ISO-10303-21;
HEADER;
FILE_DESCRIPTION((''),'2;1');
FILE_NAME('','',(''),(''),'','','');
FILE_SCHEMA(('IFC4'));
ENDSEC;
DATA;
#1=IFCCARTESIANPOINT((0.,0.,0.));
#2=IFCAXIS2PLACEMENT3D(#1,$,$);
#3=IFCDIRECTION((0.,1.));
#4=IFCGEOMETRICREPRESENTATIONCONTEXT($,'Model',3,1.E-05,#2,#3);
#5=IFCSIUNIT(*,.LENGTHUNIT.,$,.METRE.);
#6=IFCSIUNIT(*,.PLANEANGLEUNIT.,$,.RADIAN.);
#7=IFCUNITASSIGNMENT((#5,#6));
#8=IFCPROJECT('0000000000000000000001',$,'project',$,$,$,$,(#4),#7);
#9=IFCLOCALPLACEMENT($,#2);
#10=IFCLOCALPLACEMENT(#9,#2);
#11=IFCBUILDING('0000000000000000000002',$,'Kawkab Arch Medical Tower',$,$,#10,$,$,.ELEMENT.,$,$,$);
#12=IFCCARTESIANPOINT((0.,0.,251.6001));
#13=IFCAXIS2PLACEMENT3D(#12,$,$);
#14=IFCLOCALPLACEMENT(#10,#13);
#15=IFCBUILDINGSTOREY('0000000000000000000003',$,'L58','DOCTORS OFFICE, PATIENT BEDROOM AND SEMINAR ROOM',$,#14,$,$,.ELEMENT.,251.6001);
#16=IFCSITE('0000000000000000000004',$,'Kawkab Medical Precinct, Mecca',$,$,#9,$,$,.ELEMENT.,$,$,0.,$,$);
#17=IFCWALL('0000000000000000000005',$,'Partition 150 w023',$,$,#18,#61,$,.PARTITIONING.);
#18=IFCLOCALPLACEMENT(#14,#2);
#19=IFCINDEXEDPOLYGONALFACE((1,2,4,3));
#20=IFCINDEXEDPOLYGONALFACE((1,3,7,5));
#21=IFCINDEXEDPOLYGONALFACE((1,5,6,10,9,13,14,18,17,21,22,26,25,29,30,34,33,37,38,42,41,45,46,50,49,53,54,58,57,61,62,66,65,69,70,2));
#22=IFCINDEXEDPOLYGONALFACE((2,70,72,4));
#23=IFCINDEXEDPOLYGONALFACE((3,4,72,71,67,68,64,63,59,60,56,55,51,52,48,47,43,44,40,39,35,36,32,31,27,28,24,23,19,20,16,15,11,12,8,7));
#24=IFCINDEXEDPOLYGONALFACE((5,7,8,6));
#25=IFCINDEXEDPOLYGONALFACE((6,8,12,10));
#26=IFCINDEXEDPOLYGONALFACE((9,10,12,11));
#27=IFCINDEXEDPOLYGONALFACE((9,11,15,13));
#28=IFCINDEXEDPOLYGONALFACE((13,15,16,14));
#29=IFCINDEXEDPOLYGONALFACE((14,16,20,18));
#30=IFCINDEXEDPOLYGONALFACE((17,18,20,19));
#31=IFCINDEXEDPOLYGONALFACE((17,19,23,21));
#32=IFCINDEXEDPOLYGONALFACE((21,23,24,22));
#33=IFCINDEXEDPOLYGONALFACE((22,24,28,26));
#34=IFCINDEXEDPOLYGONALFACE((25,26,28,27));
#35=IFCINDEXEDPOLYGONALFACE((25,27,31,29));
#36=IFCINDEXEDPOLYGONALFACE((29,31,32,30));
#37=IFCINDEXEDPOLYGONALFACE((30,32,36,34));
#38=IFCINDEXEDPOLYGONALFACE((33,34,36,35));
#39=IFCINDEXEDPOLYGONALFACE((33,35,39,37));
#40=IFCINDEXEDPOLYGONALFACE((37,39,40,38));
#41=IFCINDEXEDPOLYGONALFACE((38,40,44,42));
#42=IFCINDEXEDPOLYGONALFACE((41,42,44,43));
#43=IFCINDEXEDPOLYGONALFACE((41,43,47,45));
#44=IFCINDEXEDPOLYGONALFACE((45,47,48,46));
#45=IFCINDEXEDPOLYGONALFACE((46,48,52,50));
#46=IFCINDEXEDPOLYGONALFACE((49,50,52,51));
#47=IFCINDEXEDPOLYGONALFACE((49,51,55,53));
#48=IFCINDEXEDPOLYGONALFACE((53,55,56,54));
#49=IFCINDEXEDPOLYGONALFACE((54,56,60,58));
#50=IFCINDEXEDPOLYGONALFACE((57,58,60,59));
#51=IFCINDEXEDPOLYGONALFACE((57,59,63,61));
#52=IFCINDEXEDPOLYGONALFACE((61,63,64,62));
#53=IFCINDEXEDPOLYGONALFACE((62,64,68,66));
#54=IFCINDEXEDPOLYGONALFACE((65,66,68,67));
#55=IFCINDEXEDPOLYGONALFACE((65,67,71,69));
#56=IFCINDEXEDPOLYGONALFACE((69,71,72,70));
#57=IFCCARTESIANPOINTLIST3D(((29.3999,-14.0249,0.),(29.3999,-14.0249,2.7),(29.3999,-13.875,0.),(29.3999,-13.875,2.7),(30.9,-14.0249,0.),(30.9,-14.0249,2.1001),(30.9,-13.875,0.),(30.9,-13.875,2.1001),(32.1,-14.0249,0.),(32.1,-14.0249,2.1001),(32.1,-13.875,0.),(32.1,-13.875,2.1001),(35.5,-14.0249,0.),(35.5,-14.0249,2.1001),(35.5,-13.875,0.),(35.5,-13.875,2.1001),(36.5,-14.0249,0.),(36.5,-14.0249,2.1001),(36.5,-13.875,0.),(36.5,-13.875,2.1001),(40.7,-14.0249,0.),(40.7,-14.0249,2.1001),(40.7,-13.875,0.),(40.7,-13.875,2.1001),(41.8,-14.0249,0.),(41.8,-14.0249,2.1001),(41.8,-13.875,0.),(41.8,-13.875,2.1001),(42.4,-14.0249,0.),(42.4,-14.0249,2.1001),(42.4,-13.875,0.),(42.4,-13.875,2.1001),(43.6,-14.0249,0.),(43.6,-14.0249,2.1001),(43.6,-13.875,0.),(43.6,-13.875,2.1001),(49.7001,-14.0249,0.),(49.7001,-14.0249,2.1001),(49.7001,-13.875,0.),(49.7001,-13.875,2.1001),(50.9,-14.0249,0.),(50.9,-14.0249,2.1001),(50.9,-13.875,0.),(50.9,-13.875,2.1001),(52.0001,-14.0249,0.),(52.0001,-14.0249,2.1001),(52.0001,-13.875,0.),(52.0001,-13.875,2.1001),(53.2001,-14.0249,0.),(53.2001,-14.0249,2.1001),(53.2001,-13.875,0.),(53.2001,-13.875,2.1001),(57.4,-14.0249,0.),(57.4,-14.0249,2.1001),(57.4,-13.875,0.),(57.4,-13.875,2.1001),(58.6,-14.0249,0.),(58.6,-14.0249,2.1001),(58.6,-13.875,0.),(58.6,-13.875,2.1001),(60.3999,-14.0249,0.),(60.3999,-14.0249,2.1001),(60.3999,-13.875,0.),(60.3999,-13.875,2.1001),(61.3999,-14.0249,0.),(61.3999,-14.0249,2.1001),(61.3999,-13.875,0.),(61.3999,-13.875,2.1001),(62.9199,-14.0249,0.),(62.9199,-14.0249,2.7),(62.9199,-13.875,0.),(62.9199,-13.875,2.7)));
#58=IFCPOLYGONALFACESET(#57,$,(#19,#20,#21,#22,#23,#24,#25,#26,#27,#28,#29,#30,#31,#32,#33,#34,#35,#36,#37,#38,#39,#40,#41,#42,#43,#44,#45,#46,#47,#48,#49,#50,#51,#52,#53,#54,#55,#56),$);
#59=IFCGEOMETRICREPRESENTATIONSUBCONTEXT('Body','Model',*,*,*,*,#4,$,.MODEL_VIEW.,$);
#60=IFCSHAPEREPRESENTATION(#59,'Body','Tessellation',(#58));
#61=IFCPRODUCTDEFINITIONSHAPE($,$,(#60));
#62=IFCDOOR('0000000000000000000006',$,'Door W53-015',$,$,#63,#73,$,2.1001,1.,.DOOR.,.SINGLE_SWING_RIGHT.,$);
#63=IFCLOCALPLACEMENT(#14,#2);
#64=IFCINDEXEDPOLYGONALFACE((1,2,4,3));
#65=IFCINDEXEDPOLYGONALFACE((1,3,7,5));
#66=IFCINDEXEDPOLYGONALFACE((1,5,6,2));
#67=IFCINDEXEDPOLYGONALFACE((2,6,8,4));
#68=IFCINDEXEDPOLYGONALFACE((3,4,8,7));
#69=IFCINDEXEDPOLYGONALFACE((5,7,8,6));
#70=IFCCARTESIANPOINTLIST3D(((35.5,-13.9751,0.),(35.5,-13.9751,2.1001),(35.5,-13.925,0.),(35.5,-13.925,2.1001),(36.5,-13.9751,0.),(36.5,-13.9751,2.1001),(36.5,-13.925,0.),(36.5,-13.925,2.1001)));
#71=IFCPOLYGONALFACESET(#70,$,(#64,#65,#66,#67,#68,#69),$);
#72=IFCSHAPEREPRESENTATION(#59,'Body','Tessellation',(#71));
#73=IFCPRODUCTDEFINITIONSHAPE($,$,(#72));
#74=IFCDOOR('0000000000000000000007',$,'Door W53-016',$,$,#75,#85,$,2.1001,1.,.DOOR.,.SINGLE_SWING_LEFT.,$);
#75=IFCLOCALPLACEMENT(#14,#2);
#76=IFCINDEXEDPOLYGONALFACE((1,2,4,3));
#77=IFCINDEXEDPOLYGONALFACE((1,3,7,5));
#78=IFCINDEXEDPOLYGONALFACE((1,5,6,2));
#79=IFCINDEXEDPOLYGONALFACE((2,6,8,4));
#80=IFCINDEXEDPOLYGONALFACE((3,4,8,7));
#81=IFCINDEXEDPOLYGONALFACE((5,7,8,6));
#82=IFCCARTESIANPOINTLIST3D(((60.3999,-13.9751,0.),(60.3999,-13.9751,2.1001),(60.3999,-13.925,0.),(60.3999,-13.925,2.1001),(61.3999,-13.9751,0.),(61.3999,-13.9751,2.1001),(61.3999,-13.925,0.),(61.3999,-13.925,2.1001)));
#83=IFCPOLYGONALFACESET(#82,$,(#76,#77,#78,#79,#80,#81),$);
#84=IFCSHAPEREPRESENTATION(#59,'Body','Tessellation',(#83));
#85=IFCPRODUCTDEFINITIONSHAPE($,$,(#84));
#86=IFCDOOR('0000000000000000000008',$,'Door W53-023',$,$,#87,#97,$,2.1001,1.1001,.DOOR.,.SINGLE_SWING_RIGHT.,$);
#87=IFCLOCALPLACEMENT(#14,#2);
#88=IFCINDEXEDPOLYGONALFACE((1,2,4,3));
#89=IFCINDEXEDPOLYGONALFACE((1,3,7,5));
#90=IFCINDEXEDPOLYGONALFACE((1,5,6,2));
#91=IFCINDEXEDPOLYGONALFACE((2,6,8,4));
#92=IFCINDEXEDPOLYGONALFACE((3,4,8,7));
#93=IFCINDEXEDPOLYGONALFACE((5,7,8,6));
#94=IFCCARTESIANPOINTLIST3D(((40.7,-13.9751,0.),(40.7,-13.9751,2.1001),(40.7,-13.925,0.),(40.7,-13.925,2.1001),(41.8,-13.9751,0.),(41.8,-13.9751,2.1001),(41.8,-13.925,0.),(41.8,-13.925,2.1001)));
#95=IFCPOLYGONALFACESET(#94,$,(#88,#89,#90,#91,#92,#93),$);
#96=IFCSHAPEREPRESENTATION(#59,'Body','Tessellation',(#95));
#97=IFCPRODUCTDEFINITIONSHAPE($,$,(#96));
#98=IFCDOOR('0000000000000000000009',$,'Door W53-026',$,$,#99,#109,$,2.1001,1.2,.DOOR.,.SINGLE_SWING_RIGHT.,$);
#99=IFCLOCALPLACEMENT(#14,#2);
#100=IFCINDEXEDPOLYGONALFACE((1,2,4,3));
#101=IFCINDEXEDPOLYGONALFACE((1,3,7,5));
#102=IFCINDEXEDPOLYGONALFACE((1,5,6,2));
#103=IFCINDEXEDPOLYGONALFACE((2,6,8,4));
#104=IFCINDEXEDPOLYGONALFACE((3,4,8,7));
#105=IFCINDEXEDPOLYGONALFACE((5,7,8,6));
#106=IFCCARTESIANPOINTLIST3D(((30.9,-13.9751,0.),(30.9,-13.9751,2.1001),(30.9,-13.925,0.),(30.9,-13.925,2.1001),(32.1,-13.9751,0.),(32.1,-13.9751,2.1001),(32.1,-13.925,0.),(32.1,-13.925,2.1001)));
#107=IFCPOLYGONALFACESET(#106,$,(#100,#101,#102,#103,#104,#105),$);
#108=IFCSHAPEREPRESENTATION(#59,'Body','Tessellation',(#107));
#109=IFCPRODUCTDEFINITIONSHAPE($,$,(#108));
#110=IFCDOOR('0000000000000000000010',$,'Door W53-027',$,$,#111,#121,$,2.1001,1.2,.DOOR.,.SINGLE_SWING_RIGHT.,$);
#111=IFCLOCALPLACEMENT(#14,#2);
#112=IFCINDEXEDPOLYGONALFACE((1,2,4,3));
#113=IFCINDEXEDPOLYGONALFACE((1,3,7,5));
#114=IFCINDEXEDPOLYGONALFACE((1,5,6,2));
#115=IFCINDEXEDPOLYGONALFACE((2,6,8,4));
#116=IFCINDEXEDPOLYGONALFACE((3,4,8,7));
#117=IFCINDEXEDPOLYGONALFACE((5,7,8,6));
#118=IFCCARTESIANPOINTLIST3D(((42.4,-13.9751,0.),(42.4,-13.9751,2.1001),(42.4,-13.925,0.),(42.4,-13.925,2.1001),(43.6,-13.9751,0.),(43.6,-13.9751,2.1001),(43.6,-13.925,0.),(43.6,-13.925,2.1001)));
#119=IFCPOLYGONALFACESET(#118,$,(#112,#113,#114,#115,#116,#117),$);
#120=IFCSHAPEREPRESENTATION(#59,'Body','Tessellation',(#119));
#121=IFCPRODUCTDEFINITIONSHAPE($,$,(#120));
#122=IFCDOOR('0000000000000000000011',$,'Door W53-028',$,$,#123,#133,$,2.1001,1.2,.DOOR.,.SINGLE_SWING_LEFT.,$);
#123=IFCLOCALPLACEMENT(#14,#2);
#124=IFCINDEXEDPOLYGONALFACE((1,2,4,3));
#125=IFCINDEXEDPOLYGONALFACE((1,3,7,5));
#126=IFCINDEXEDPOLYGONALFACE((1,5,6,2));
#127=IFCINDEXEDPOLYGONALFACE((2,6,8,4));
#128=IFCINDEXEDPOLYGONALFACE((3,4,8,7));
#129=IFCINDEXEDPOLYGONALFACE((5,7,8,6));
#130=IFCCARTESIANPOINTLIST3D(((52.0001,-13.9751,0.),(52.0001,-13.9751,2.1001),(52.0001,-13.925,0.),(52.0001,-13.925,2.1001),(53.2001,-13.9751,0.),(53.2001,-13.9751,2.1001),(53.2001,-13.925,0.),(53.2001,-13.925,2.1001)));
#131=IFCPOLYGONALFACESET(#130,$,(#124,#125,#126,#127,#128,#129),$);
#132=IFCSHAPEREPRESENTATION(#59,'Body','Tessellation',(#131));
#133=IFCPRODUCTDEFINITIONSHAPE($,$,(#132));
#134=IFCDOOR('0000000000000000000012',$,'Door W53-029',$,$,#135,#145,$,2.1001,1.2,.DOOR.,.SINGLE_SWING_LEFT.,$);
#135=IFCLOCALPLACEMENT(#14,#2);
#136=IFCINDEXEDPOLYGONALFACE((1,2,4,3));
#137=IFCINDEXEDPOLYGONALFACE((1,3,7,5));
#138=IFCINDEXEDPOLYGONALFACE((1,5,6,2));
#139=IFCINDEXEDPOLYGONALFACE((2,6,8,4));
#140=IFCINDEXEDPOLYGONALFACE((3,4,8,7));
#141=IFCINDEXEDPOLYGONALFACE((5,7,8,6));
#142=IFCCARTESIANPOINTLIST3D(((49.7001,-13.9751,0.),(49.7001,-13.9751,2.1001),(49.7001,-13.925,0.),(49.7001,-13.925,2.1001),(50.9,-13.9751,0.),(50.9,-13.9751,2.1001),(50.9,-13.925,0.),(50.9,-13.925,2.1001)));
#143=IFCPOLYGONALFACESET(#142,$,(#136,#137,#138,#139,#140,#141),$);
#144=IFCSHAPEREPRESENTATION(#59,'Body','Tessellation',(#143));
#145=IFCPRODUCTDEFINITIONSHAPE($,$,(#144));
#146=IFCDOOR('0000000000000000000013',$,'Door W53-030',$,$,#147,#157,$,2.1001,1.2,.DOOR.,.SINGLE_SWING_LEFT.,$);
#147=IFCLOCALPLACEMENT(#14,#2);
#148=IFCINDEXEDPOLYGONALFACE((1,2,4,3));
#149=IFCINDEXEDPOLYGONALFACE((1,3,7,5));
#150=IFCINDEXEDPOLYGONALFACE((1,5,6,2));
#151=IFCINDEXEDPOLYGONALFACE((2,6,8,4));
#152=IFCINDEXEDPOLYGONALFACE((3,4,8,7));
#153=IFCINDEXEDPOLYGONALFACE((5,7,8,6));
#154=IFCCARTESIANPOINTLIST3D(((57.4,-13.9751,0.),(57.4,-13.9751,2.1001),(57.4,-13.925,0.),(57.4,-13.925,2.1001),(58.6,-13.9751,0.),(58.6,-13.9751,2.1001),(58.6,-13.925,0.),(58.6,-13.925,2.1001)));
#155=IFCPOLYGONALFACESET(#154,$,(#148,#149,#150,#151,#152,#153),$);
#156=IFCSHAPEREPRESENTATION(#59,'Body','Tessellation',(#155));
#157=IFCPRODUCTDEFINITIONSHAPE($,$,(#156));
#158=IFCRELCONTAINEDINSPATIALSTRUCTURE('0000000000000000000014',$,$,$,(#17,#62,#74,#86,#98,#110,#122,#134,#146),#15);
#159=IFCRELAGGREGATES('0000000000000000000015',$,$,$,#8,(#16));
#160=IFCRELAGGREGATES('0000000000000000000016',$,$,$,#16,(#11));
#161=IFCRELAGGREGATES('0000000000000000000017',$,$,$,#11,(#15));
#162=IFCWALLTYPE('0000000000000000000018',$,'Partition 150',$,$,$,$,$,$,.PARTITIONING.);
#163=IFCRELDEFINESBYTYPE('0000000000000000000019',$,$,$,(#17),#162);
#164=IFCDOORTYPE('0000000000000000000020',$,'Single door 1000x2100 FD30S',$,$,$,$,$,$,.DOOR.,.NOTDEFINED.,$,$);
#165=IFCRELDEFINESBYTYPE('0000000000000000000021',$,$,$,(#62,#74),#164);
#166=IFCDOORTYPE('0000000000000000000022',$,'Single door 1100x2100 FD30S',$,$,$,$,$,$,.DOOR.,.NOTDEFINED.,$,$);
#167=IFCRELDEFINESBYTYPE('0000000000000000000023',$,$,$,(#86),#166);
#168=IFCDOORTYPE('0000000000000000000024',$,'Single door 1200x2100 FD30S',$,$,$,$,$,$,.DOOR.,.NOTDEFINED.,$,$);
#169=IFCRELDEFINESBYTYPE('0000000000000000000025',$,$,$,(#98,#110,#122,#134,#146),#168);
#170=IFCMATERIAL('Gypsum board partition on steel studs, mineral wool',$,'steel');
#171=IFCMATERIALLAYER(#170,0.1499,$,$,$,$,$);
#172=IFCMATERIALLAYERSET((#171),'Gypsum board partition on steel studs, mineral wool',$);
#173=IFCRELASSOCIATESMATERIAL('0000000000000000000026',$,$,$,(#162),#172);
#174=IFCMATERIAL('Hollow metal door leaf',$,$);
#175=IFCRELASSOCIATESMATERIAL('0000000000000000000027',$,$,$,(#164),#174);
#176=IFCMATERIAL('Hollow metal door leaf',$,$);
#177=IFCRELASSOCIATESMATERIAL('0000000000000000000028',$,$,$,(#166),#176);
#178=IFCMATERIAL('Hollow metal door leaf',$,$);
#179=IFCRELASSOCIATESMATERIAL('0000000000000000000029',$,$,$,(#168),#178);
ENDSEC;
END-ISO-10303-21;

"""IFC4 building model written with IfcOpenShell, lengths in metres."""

from ifc_helpers import new_model, si_unit, direction, frame, frame_2d, origin, place, context, subcontext, project, spatial, rectangle, extrude, material, layer, layer_set, type_object, element, fill, save


model = new_model("IFC4")

# Units and contexts
model_context = context("Model", 3, precision=1e-05, world=origin(), true_north=direction((0.0, 1.0)))
body_context = subcontext(model_context, "Body", "Model", "MODEL_VIEW")
ifc_project = project(units=[si_unit("LENGTHUNIT", "METRE"), si_unit("PLANEANGLEUNIT", "RADIAN")], contexts=[model_context])

# Site, building, storey
site_placement = place(None, origin())
site = spatial("IfcSite", under=ifc_project, at=site_placement, Name="Kawkab Medical Precinct, Mecca", CompositionType="ELEMENT", RefElevation=0.0)
building_placement = place(site_placement, origin())
building = spatial("IfcBuilding", under=site, at=building_placement, Name="Kawkab Arch Medical Tower", CompositionType="ELEMENT")
storey_placement = place(building_placement, frame((0.0, 0.0, 251.6001)))
storey = spatial("IfcBuildingStorey", under=building, at=storey_placement, Name="L58", Description="DOCTORS OFFICE, PATIENT BEDROOM AND SEMINAR ROOM", CompositionType="ELEMENT", Elevation=251.6001)

# Wall, openings, doors
ifc_material_1 = material(Name="Gypsum board partition on steel studs, mineral wool", Category="steel")
ifc_layer_1 = layer(ifc_material_1, 0.1499)
ifc_layer_set_1 = layer_set([ifc_layer_1], Name="Gypsum board partition on steel studs, mineral wool")
wall_type_1 = type_object("IfcWallType", Name="Partition 150", PredefinedType="PARTITIONING", material=ifc_layer_set_1)
wall_1_placement = place(storey_placement, frame((29.3999, -13.95, 0.0), z_axis=(0.0, 0.0, 1.0), x_axis=(1.0, 0.0, 0.0)))
wall_1 = element("IfcWall", 1, at=wall_1_placement, inside=storey, type_object=wall_type_1, Name="Partition 150 w023", PredefinedType="PARTITIONING", context=body_context, shape_type="SweptSolid", body=[
    extrude(rectangle(XDim=33.52, YDim=0.1499, at=frame_2d((16.76, 0.0))), origin(), (0.0, 0.0, 1.0), 2.7),
])
opening_1_placement = place(wall_1_placement, frame((1.5, 0.0, 0.0)))
opening_1 = element("IfcOpeningElement", 2, at=opening_1_placement, cuts=wall_1, PredefinedType="OPENING", context=body_context, shape_type="SweptSolid", body=[
    extrude(rectangle(XDim=1.2, YDim=2.1001, at=frame_2d((0.6001, 1.05))), frame((0.0, 0.085, 0.0), z_axis=(0.0, -1.0, 0.0), x_axis=(1.0, 0.0, 0.0)), (0.0, 0.0, 1.0), 0.1699),
])
opening_2_placement = place(wall_1_placement, frame((6.1001, 0.0, 0.0)))
opening_2 = element("IfcOpeningElement", 3, at=opening_2_placement, cuts=wall_1, PredefinedType="OPENING", context=body_context, shape_type="SweptSolid", body=[
    extrude(rectangle(XDim=1.0, YDim=2.1001, at=frame_2d((0.5, 1.05))), frame((0.0, 0.085, 0.0), z_axis=(0.0, -1.0, 0.0), x_axis=(1.0, 0.0, 0.0)), (0.0, 0.0, 1.0), 0.1699),
])
opening_3_placement = place(wall_1_placement, frame((11.3, 0.0, 0.0)))
opening_3 = element("IfcOpeningElement", 4, at=opening_3_placement, cuts=wall_1, PredefinedType="OPENING", context=body_context, shape_type="SweptSolid", body=[
    extrude(rectangle(XDim=1.1001, YDim=2.1001, at=frame_2d((0.55, 1.05))), frame((0.0, 0.085, 0.0), z_axis=(0.0, -1.0, 0.0), x_axis=(1.0, 0.0, 0.0)), (0.0, 0.0, 1.0), 0.1699),
])
opening_4_placement = place(wall_1_placement, frame((13.0, 0.0, 0.0)))
opening_4 = element("IfcOpeningElement", 5, at=opening_4_placement, cuts=wall_1, PredefinedType="OPENING", context=body_context, shape_type="SweptSolid", body=[
    extrude(rectangle(XDim=1.2, YDim=2.1001, at=frame_2d((0.6001, 1.05))), frame((0.0, 0.085, 0.0), z_axis=(0.0, -1.0, 0.0), x_axis=(1.0, 0.0, 0.0)), (0.0, 0.0, 1.0), 0.1699),
])
opening_5_placement = place(wall_1_placement, frame((22.6001, 0.0, 0.0)))
opening_5 = element("IfcOpeningElement", 6, at=opening_5_placement, cuts=wall_1, PredefinedType="OPENING", context=body_context, shape_type="SweptSolid", body=[
    extrude(rectangle(XDim=1.2, YDim=2.1001, at=frame_2d((0.6001, 1.05))), frame((0.0, 0.085, 0.0), z_axis=(0.0, -1.0, 0.0), x_axis=(1.0, 0.0, 0.0)), (0.0, 0.0, 1.0), 0.1699),
])
opening_6_placement = place(wall_1_placement, frame((20.3, 0.0, 0.0)))
opening_6 = element("IfcOpeningElement", 7, at=opening_6_placement, cuts=wall_1, PredefinedType="OPENING", context=body_context, shape_type="SweptSolid", body=[
    extrude(rectangle(XDim=1.2, YDim=2.1001, at=frame_2d((0.6001, 1.05))), frame((0.0, 0.085, 0.0), z_axis=(0.0, -1.0, 0.0), x_axis=(1.0, 0.0, 0.0)), (0.0, 0.0, 1.0), 0.1699),
])
opening_7_placement = place(wall_1_placement, frame((28.0, 0.0, 0.0)))
opening_7 = element("IfcOpeningElement", 8, at=opening_7_placement, cuts=wall_1, PredefinedType="OPENING", context=body_context, shape_type="SweptSolid", body=[
    extrude(rectangle(XDim=1.2, YDim=2.1001, at=frame_2d((0.6001, 1.05))), frame((0.0, 0.085, 0.0), z_axis=(0.0, -1.0, 0.0), x_axis=(1.0, 0.0, 0.0)), (0.0, 0.0, 1.0), 0.1699),
])
opening_8_placement = place(wall_1_placement, frame((31.0, 0.0, 0.0)))
opening_8 = element("IfcOpeningElement", 9, at=opening_8_placement, cuts=wall_1, PredefinedType="OPENING", context=body_context, shape_type="SweptSolid", body=[
    extrude(rectangle(XDim=1.0, YDim=2.1001, at=frame_2d((0.5, 1.05))), frame((0.0, 0.085, 0.0), z_axis=(0.0, -1.0, 0.0), x_axis=(1.0, 0.0, 0.0)), (0.0, 0.0, 1.0), 0.1699),
])
ifc_material_2 = material(Name="Hollow metal door leaf")
door_type_1 = type_object("IfcDoorType", Name="Single door 1000x2100 FD30S", OperationType="NOTDEFINED", PredefinedType="DOOR", material=ifc_material_2)
door_1_placement = place(opening_2_placement, origin())
door_1 = element("IfcDoor", 10, at=door_1_placement, inside=storey, type_object=door_type_1, Name="Door W53-015", OperationType="SINGLE_SWING_RIGHT", OverallHeight=2.1001, OverallWidth=1.0, PredefinedType="DOOR", context=body_context, shape_type="SweptSolid", body=[
    extrude(rectangle(XDim=1.0, YDim=2.1001, at=frame_2d((0.5, 1.05))), frame((0.0, 0.0249, 0.0), z_axis=(0.0, -1.0, 0.0), x_axis=(1.0, 0.0, 0.0)), (0.0, 0.0, 1.0), 0.05),
])
fill(opening_2, door_1)
door_2_placement = place(opening_8_placement, origin())
door_2 = element("IfcDoor", 11, at=door_2_placement, inside=storey, type_object=door_type_1, Name="Door W53-016", OperationType="SINGLE_SWING_LEFT", OverallHeight=2.1001, OverallWidth=1.0, PredefinedType="DOOR", context=body_context, shape_type="SweptSolid", body=[
    extrude(rectangle(XDim=1.0, YDim=2.1001, at=frame_2d((0.5, 1.05))), frame((0.0, 0.0249, 0.0), z_axis=(0.0, -1.0, 0.0), x_axis=(1.0, 0.0, 0.0)), (0.0, 0.0, 1.0), 0.05),
])
fill(opening_8, door_2)
ifc_material_3 = material(Name="Hollow metal door leaf")
door_type_2 = type_object("IfcDoorType", Name="Single door 1100x2100 FD30S", OperationType="NOTDEFINED", PredefinedType="DOOR", material=ifc_material_3)
door_3_placement = place(opening_3_placement, origin())
door_3 = element("IfcDoor", 12, at=door_3_placement, inside=storey, type_object=door_type_2, Name="Door W53-023", OperationType="SINGLE_SWING_RIGHT", OverallHeight=2.1001, OverallWidth=1.1001, PredefinedType="DOOR", context=body_context, shape_type="SweptSolid", body=[
    extrude(rectangle(XDim=1.1001, YDim=2.1001, at=frame_2d((0.55, 1.05))), frame((0.0, 0.0249, 0.0), z_axis=(0.0, -1.0, 0.0), x_axis=(1.0, 0.0, 0.0)), (0.0, 0.0, 1.0), 0.05),
])
fill(opening_3, door_3)
ifc_material_4 = material(Name="Hollow metal door leaf")
door_type_3 = type_object("IfcDoorType", Name="Single door 1200x2100 FD30S", OperationType="NOTDEFINED", PredefinedType="DOOR", material=ifc_material_4)
door_4_placement = place(opening_1_placement, origin())
door_4 = element("IfcDoor", 13, at=door_4_placement, inside=storey, type_object=door_type_3, Name="Door W53-026", OperationType="SINGLE_SWING_RIGHT", OverallHeight=2.1001, OverallWidth=1.2, PredefinedType="DOOR", context=body_context, shape_type="SweptSolid", body=[
    extrude(rectangle(XDim=1.2, YDim=2.1001, at=frame_2d((0.6001, 1.05))), frame((0.0, 0.0249, 0.0), z_axis=(0.0, -1.0, 0.0), x_axis=(1.0, 0.0, 0.0)), (0.0, 0.0, 1.0), 0.05),
])
fill(opening_1, door_4)
door_5_placement = place(opening_4_placement, origin())
door_5 = element("IfcDoor", 14, at=door_5_placement, inside=storey, type_object=door_type_3, Name="Door W53-027", OperationType="SINGLE_SWING_RIGHT", OverallHeight=2.1001, OverallWidth=1.2, PredefinedType="DOOR", context=body_context, shape_type="SweptSolid", body=[
    extrude(rectangle(XDim=1.2, YDim=2.1001, at=frame_2d((0.6001, 1.05))), frame((0.0, 0.0249, 0.0), z_axis=(0.0, -1.0, 0.0), x_axis=(1.0, 0.0, 0.0)), (0.0, 0.0, 1.0), 0.05),
])
fill(opening_4, door_5)
door_6_placement = place(opening_5_placement, origin())
door_6 = element("IfcDoor", 15, at=door_6_placement, inside=storey, type_object=door_type_3, Name="Door W53-028", OperationType="SINGLE_SWING_LEFT", OverallHeight=2.1001, OverallWidth=1.2, PredefinedType="DOOR", context=body_context, shape_type="SweptSolid", body=[
    extrude(rectangle(XDim=1.2, YDim=2.1001, at=frame_2d((0.6001, 1.05))), frame((0.0, 0.0249, 0.0), z_axis=(0.0, -1.0, 0.0), x_axis=(1.0, 0.0, 0.0)), (0.0, 0.0, 1.0), 0.05),
])
fill(opening_5, door_6)
door_7_placement = place(opening_6_placement, origin())
door_7 = element("IfcDoor", 16, at=door_7_placement, inside=storey, type_object=door_type_3, Name="Door W53-029", OperationType="SINGLE_SWING_LEFT", OverallHeight=2.1001, OverallWidth=1.2, PredefinedType="DOOR", context=body_context, shape_type="SweptSolid", body=[
    extrude(rectangle(XDim=1.2, YDim=2.1001, at=frame_2d((0.6001, 1.05))), frame((0.0, 0.0249, 0.0), z_axis=(0.0, -1.0, 0.0), x_axis=(1.0, 0.0, 0.0)), (0.0, 0.0, 1.0), 0.05),
])
fill(opening_6, door_7)
door_8_placement = place(opening_7_placement, origin())
door_8 = element("IfcDoor", 17, at=door_8_placement, inside=storey, type_object=door_type_3, Name="Door W53-030", OperationType="SINGLE_SWING_LEFT", OverallHeight=2.1001, OverallWidth=1.2, PredefinedType="DOOR", context=body_context, shape_type="SweptSolid", body=[
    extrude(rectangle(XDim=1.2, YDim=2.1001, at=frame_2d((0.6001, 1.05))), frame((0.0, 0.0249, 0.0), z_axis=(0.0, -1.0, 0.0), x_axis=(1.0, 0.0, 0.0)), (0.0, 0.0, 1.0), 0.05),
])
fill(opening_7, door_8)

save(model, "model.ifc")
